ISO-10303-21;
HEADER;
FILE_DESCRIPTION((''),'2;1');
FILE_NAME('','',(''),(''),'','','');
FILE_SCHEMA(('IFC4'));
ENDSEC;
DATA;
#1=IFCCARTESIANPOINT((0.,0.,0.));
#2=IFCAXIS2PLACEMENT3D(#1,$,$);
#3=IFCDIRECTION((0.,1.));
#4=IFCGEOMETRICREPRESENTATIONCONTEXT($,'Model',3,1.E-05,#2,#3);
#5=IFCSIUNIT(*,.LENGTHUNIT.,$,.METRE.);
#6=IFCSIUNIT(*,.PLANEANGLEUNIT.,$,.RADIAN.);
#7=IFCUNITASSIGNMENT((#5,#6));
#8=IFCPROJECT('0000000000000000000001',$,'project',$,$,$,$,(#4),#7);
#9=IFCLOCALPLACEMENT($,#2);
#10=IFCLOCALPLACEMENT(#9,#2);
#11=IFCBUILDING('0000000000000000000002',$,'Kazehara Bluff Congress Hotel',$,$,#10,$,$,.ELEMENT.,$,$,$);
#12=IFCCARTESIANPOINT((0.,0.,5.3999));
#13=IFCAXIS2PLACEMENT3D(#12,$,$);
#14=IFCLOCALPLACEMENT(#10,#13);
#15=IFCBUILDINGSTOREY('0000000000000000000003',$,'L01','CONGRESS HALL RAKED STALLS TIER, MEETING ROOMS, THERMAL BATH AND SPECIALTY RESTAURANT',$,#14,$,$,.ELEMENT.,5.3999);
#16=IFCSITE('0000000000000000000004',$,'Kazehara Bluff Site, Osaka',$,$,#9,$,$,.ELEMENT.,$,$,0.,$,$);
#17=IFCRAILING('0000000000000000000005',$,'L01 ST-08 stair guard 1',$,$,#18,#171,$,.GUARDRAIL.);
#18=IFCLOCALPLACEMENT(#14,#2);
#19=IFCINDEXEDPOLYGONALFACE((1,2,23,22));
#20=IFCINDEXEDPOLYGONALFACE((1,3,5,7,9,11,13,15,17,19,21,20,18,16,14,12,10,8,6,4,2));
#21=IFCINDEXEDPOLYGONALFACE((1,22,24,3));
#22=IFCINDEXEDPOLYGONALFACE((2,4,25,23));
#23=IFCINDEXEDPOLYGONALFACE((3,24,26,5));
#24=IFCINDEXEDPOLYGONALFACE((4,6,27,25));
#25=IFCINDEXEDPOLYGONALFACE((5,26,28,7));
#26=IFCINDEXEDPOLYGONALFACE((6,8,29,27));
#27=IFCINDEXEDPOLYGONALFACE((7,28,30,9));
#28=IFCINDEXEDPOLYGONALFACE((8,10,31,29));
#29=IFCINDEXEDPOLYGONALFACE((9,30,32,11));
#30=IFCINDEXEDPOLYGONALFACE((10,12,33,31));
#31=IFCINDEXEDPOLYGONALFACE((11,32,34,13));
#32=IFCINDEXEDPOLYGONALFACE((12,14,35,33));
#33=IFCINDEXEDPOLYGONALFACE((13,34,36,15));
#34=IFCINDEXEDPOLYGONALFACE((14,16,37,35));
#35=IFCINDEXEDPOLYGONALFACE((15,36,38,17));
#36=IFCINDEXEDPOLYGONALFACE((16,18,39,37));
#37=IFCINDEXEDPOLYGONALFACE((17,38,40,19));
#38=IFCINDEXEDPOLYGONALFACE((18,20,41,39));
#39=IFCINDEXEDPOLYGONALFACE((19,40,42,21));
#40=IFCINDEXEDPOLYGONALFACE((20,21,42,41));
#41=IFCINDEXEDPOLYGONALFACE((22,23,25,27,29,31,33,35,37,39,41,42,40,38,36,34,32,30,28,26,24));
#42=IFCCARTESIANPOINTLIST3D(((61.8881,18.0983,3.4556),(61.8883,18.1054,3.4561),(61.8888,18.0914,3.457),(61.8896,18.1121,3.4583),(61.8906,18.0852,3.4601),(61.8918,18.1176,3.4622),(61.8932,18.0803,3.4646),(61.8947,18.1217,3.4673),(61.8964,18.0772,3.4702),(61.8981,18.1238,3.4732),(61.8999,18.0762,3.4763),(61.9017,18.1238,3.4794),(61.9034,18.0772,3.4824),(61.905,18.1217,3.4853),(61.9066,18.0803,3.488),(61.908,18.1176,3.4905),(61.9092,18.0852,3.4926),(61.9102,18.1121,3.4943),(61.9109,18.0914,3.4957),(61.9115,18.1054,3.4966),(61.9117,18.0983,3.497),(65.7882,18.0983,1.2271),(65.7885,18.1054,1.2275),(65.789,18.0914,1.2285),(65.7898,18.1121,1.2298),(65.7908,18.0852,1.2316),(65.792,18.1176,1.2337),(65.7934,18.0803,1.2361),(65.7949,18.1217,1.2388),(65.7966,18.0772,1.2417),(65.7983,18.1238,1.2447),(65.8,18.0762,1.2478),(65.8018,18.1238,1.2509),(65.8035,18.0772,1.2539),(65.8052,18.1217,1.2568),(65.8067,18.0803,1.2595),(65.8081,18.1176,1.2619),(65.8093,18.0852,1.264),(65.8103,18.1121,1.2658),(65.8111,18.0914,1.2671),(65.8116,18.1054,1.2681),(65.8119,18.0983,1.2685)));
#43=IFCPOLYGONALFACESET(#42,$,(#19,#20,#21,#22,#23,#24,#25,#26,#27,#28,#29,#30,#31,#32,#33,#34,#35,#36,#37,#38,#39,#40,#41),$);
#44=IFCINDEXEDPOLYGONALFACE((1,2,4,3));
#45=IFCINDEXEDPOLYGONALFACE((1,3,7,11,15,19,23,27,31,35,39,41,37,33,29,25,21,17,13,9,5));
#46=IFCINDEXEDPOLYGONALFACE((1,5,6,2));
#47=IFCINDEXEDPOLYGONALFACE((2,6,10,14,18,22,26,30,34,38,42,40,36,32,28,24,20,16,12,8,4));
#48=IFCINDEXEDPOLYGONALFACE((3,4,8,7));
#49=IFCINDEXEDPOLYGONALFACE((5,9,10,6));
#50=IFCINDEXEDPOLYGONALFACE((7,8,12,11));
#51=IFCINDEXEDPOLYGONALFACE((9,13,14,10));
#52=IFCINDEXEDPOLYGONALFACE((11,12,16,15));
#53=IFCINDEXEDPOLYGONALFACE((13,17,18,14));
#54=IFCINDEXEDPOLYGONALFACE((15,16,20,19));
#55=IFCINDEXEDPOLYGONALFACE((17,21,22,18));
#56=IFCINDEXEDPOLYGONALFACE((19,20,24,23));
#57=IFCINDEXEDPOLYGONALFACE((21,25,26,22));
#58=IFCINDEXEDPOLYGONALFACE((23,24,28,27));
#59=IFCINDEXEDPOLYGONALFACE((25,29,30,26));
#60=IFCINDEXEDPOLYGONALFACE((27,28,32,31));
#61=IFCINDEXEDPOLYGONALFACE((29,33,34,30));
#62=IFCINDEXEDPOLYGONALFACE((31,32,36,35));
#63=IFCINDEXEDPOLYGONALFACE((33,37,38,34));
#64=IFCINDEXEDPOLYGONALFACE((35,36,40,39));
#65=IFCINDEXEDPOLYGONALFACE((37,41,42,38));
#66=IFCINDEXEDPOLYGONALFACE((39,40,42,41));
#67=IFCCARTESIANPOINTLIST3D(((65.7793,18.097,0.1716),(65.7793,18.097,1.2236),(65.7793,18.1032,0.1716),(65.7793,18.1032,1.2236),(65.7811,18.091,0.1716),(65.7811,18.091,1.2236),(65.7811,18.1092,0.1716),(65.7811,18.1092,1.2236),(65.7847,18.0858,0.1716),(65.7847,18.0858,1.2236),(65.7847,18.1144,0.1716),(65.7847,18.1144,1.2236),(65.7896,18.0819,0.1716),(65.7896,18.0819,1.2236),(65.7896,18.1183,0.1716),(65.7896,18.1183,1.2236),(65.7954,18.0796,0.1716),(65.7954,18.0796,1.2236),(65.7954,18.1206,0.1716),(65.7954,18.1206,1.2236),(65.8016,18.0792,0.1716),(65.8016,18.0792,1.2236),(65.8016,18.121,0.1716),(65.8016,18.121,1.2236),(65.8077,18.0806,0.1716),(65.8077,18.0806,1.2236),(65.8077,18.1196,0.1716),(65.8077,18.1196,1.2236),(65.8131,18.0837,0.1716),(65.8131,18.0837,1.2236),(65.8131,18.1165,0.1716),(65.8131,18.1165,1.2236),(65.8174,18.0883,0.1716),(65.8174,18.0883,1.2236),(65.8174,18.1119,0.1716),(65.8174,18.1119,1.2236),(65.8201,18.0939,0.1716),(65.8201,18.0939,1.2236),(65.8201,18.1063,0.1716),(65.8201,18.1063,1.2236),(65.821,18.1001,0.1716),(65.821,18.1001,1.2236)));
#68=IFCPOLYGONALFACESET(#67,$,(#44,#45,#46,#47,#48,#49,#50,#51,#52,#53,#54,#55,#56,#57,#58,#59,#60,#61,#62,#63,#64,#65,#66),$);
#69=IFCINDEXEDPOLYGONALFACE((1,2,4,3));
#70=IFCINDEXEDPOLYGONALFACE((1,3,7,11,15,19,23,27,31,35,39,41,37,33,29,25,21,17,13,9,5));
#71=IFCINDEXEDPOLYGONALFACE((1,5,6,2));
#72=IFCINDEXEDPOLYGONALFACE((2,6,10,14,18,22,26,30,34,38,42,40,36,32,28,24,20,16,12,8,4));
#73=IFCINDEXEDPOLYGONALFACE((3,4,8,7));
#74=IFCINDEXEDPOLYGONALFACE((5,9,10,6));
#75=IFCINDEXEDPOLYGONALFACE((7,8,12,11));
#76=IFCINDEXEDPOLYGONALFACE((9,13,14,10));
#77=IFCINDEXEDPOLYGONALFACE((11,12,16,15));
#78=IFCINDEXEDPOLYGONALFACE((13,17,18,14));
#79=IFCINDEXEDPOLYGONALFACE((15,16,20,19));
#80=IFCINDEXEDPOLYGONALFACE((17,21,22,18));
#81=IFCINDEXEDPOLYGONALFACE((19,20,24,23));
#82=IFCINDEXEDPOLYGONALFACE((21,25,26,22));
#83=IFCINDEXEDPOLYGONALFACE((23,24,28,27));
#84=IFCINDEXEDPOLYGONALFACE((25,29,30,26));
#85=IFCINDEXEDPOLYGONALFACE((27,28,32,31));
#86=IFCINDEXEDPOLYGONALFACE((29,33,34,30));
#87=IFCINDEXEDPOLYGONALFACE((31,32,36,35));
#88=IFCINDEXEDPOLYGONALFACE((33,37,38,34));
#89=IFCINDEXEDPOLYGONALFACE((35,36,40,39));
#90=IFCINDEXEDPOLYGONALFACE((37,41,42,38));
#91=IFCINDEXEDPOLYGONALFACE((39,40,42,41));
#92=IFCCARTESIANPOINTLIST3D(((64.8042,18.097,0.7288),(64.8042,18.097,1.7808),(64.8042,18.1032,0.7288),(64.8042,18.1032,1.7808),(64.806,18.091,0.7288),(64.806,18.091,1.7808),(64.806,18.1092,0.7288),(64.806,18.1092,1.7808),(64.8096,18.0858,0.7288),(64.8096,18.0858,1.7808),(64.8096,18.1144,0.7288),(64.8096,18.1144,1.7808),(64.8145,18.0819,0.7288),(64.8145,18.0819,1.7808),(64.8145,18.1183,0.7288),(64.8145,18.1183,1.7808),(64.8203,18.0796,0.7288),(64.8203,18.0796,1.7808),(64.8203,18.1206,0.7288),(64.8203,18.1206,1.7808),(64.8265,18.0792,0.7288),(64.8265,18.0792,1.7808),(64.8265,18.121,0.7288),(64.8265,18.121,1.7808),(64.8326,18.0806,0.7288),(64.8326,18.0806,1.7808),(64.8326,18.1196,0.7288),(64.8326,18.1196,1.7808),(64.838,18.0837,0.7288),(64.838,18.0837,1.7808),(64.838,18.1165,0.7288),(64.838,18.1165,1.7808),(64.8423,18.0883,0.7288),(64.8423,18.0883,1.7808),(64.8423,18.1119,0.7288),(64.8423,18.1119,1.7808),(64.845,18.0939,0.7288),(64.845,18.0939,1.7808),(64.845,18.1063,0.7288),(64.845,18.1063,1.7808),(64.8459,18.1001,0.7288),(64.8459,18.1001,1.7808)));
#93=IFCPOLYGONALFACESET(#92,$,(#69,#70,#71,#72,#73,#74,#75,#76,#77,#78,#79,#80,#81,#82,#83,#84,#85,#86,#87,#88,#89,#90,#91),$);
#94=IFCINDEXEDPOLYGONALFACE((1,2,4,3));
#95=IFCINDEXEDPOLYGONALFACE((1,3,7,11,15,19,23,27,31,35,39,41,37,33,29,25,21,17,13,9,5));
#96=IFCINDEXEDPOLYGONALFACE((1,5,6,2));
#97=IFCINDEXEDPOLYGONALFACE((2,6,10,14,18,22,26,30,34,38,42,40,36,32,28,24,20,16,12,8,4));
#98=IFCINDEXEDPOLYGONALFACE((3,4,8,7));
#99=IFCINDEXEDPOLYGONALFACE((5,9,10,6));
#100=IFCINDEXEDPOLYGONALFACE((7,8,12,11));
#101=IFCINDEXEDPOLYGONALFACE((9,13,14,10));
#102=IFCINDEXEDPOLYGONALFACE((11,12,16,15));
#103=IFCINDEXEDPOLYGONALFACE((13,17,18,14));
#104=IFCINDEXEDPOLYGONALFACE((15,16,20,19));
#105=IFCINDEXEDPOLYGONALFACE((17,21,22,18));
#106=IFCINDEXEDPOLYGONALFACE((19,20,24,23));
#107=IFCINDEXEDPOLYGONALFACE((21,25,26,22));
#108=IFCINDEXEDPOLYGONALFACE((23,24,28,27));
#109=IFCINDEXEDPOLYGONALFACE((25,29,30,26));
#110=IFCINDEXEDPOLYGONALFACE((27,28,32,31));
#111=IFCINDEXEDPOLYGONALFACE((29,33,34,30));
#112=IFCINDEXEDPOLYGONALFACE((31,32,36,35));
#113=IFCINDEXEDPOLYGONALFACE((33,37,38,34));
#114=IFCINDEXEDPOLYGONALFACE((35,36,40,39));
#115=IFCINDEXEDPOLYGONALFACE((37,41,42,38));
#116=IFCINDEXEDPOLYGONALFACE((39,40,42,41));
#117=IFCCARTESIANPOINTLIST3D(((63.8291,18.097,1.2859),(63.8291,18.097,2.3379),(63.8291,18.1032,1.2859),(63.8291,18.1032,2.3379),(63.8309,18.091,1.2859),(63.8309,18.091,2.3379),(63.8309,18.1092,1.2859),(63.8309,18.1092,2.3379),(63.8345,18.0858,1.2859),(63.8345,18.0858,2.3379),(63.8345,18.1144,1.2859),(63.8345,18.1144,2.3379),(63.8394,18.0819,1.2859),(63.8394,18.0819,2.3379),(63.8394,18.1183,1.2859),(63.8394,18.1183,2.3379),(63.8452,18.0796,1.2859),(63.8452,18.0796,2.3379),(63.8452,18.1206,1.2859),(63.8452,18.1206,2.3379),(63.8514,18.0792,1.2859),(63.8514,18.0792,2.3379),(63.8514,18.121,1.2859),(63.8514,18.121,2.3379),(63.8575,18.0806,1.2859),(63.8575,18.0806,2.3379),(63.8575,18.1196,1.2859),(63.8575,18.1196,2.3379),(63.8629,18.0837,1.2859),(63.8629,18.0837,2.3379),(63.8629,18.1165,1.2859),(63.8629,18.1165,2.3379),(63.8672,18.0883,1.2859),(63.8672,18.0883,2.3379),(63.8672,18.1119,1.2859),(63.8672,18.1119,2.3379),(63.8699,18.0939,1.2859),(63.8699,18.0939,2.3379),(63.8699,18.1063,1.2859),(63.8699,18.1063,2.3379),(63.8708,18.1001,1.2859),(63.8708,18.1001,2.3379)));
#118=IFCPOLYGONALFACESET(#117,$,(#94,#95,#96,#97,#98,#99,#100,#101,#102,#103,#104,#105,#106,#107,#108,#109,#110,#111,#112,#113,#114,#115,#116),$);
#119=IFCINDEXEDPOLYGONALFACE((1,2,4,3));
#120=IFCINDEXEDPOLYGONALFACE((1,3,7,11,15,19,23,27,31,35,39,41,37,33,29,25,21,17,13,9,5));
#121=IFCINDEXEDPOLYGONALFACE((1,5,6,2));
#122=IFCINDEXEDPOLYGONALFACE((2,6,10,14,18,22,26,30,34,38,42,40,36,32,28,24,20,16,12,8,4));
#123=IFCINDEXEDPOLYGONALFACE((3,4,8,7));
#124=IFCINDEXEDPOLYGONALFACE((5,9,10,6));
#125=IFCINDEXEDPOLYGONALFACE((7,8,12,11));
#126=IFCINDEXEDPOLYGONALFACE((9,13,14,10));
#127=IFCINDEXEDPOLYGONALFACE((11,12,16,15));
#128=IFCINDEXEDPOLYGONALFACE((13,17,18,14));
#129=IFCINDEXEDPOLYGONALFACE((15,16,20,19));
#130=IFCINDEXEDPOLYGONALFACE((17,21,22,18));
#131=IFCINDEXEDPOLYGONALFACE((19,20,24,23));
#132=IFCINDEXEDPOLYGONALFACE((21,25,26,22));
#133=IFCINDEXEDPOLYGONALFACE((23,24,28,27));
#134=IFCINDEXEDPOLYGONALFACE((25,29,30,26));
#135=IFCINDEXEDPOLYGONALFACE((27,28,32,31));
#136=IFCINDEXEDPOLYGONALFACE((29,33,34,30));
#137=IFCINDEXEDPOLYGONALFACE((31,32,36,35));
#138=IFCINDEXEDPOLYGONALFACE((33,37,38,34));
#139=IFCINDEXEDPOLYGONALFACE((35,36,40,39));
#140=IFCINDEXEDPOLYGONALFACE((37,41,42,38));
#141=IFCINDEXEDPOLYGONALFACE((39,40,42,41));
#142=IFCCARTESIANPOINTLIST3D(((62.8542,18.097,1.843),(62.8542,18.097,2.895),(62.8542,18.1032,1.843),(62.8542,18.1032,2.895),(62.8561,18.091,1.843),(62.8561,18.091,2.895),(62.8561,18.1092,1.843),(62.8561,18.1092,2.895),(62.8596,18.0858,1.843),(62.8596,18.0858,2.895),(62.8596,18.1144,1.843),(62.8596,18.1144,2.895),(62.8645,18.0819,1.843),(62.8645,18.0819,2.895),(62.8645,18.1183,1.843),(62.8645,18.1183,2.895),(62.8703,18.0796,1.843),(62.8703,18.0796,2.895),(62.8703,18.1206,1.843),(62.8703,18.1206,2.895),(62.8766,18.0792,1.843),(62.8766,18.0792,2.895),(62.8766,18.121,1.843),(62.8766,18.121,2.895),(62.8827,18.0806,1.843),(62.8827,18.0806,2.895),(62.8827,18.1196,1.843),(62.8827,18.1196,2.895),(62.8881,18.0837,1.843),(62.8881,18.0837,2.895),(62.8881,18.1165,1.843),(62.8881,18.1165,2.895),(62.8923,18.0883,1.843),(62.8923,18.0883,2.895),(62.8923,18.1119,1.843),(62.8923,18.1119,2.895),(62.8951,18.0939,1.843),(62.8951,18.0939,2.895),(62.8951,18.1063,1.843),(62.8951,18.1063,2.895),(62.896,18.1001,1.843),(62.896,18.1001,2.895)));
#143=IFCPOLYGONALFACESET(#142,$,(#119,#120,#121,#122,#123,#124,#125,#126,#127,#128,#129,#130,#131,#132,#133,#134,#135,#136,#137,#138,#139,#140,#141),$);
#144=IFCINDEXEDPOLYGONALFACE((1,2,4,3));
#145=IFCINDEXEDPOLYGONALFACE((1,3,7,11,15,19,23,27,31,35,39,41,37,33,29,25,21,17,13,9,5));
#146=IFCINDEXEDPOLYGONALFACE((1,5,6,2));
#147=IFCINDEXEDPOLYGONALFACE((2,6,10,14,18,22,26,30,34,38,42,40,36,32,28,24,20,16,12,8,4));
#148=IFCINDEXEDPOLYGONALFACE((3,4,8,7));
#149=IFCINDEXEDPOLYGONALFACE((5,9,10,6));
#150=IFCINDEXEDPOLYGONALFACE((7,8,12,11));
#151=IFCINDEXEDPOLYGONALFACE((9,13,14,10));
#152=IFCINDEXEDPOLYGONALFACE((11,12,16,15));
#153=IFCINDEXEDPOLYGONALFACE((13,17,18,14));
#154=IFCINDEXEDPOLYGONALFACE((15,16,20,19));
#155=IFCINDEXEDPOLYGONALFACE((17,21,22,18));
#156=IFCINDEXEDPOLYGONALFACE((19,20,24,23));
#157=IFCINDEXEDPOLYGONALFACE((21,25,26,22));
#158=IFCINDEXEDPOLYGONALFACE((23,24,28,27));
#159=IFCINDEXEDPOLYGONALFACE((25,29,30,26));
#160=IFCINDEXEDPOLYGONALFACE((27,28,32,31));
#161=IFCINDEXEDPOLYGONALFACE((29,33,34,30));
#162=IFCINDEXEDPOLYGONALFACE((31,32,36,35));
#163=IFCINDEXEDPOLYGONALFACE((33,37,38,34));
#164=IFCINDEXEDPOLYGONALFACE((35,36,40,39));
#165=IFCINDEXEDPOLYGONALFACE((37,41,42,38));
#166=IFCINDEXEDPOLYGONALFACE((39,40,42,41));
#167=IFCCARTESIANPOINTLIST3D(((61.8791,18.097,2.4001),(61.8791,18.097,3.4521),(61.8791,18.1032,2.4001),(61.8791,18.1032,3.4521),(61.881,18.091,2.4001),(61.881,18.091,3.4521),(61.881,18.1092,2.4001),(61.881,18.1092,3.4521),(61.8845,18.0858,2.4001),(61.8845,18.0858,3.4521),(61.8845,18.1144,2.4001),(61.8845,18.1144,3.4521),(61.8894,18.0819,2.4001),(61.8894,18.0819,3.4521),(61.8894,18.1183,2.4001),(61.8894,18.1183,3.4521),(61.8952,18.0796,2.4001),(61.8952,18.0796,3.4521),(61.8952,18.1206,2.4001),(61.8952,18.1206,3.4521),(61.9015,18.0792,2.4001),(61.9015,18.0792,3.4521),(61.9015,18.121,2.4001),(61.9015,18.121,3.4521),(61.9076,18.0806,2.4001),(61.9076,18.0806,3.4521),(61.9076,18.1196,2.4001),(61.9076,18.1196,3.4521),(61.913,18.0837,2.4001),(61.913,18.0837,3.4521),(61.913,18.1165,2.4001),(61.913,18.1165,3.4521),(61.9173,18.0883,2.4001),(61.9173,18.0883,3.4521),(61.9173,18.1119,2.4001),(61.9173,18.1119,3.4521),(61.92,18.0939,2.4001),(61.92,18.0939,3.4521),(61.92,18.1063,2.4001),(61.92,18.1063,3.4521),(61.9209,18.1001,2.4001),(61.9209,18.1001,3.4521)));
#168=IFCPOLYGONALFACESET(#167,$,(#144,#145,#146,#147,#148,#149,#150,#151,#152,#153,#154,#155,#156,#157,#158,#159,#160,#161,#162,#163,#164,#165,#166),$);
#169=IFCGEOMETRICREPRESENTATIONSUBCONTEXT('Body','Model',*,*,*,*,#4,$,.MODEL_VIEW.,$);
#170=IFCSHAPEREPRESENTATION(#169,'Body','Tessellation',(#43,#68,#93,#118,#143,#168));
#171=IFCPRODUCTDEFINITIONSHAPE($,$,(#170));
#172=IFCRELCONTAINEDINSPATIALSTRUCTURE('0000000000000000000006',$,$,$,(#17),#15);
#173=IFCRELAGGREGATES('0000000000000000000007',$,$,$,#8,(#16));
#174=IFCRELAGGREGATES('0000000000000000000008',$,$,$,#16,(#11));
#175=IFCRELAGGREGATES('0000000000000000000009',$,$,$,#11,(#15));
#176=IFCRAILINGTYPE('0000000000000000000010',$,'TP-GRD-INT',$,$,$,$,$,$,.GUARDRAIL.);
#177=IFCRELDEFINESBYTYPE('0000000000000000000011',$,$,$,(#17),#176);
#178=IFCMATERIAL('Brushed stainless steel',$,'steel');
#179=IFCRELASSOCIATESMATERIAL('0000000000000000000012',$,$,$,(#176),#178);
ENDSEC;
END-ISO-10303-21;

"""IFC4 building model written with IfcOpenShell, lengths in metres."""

from ifc_helpers import new_model, si_unit, direction, frame, origin, origin_2d, place, context, subcontext, project, spatial, circle, extrude, material, type_object, element, save


model = new_model("IFC4")

# Units and contexts
model_context = context("Model", 3, precision=1e-05, world=origin(), true_north=direction((0.0, 1.0)))
body_context = subcontext(model_context, "Body", "Model", "MODEL_VIEW")
ifc_project = project(units=[si_unit("LENGTHUNIT", "METRE"), si_unit("PLANEANGLEUNIT", "RADIAN")], contexts=[model_context])

# Site, building, storey
site_placement = place(None, origin())
site = spatial("IfcSite", under=ifc_project, at=site_placement, Name="Kazehara Bluff Site, Osaka", CompositionType="ELEMENT", RefElevation=0.0)
building_placement = place(site_placement, origin())
building = spatial("IfcBuilding", under=site, at=building_placement, Name="Kazehara Bluff Congress Hotel", CompositionType="ELEMENT")
storey_placement = place(building_placement, frame((0.0, 0.0, 5.3999)))
storey = spatial("IfcBuildingStorey", under=building, at=storey_placement, Name="L01", Description="CONGRESS HALL RAKED STALLS TIER, MEETING ROOMS, THERMAL BATH AND SPECIALTY RESTAURANT", CompositionType="ELEMENT", Elevation=5.3999)

# Railing
ifc_material_1 = material(Name="Brushed stainless steel", Category="steel")
railing_type_1 = type_object("IfcRailingType", Name="TP-GRD-INT", PredefinedType="GUARDRAIL", material=ifc_material_1)
railing_1_placement = place(storey_placement, frame((65.8, 18.1001, 0.1716)))
element("IfcRailing", 1, at=railing_1_placement, inside=storey, type_object=railing_type_1, Name="L01 ST-08 stair guard 1", PredefinedType="GUARDRAIL", context=body_context, shape_type="SweptSolid", body=[
    extrude(circle(Radius=0.0239, at=origin_2d()), frame((0.0, 0.0, 1.0762), z_axis=(-0.868257, 0.0, 0.496116), x_axis=(0.0, -1.0, 0.0)), (0.0, 0.0, 1.0), 4.4919),
    extrude(circle(Radius=0.021, at=origin_2d()), origin(), (0.0, 0.0, 1.0), 1.052),
    extrude(circle(Radius=0.021, at=origin_2d()), frame((-0.9751, 0.0, 0.5571)), (0.0, 0.0, 1.0), 1.052),
    extrude(circle(Radius=0.021, at=origin_2d()), frame((-1.9502, 0.0, 1.1143)), (0.0, 0.0, 1.0), 1.052),
    extrude(circle(Radius=0.021, at=origin_2d()), frame((-2.925, 0.0, 1.6714)), (0.0, 0.0, 1.0), 1.052),
    extrude(circle(Radius=0.021, at=origin_2d()), frame((-3.9001, 0.0, 2.2285)), (0.0, 0.0, 1.0), 1.052),
])

save(model, "model.ifc")
